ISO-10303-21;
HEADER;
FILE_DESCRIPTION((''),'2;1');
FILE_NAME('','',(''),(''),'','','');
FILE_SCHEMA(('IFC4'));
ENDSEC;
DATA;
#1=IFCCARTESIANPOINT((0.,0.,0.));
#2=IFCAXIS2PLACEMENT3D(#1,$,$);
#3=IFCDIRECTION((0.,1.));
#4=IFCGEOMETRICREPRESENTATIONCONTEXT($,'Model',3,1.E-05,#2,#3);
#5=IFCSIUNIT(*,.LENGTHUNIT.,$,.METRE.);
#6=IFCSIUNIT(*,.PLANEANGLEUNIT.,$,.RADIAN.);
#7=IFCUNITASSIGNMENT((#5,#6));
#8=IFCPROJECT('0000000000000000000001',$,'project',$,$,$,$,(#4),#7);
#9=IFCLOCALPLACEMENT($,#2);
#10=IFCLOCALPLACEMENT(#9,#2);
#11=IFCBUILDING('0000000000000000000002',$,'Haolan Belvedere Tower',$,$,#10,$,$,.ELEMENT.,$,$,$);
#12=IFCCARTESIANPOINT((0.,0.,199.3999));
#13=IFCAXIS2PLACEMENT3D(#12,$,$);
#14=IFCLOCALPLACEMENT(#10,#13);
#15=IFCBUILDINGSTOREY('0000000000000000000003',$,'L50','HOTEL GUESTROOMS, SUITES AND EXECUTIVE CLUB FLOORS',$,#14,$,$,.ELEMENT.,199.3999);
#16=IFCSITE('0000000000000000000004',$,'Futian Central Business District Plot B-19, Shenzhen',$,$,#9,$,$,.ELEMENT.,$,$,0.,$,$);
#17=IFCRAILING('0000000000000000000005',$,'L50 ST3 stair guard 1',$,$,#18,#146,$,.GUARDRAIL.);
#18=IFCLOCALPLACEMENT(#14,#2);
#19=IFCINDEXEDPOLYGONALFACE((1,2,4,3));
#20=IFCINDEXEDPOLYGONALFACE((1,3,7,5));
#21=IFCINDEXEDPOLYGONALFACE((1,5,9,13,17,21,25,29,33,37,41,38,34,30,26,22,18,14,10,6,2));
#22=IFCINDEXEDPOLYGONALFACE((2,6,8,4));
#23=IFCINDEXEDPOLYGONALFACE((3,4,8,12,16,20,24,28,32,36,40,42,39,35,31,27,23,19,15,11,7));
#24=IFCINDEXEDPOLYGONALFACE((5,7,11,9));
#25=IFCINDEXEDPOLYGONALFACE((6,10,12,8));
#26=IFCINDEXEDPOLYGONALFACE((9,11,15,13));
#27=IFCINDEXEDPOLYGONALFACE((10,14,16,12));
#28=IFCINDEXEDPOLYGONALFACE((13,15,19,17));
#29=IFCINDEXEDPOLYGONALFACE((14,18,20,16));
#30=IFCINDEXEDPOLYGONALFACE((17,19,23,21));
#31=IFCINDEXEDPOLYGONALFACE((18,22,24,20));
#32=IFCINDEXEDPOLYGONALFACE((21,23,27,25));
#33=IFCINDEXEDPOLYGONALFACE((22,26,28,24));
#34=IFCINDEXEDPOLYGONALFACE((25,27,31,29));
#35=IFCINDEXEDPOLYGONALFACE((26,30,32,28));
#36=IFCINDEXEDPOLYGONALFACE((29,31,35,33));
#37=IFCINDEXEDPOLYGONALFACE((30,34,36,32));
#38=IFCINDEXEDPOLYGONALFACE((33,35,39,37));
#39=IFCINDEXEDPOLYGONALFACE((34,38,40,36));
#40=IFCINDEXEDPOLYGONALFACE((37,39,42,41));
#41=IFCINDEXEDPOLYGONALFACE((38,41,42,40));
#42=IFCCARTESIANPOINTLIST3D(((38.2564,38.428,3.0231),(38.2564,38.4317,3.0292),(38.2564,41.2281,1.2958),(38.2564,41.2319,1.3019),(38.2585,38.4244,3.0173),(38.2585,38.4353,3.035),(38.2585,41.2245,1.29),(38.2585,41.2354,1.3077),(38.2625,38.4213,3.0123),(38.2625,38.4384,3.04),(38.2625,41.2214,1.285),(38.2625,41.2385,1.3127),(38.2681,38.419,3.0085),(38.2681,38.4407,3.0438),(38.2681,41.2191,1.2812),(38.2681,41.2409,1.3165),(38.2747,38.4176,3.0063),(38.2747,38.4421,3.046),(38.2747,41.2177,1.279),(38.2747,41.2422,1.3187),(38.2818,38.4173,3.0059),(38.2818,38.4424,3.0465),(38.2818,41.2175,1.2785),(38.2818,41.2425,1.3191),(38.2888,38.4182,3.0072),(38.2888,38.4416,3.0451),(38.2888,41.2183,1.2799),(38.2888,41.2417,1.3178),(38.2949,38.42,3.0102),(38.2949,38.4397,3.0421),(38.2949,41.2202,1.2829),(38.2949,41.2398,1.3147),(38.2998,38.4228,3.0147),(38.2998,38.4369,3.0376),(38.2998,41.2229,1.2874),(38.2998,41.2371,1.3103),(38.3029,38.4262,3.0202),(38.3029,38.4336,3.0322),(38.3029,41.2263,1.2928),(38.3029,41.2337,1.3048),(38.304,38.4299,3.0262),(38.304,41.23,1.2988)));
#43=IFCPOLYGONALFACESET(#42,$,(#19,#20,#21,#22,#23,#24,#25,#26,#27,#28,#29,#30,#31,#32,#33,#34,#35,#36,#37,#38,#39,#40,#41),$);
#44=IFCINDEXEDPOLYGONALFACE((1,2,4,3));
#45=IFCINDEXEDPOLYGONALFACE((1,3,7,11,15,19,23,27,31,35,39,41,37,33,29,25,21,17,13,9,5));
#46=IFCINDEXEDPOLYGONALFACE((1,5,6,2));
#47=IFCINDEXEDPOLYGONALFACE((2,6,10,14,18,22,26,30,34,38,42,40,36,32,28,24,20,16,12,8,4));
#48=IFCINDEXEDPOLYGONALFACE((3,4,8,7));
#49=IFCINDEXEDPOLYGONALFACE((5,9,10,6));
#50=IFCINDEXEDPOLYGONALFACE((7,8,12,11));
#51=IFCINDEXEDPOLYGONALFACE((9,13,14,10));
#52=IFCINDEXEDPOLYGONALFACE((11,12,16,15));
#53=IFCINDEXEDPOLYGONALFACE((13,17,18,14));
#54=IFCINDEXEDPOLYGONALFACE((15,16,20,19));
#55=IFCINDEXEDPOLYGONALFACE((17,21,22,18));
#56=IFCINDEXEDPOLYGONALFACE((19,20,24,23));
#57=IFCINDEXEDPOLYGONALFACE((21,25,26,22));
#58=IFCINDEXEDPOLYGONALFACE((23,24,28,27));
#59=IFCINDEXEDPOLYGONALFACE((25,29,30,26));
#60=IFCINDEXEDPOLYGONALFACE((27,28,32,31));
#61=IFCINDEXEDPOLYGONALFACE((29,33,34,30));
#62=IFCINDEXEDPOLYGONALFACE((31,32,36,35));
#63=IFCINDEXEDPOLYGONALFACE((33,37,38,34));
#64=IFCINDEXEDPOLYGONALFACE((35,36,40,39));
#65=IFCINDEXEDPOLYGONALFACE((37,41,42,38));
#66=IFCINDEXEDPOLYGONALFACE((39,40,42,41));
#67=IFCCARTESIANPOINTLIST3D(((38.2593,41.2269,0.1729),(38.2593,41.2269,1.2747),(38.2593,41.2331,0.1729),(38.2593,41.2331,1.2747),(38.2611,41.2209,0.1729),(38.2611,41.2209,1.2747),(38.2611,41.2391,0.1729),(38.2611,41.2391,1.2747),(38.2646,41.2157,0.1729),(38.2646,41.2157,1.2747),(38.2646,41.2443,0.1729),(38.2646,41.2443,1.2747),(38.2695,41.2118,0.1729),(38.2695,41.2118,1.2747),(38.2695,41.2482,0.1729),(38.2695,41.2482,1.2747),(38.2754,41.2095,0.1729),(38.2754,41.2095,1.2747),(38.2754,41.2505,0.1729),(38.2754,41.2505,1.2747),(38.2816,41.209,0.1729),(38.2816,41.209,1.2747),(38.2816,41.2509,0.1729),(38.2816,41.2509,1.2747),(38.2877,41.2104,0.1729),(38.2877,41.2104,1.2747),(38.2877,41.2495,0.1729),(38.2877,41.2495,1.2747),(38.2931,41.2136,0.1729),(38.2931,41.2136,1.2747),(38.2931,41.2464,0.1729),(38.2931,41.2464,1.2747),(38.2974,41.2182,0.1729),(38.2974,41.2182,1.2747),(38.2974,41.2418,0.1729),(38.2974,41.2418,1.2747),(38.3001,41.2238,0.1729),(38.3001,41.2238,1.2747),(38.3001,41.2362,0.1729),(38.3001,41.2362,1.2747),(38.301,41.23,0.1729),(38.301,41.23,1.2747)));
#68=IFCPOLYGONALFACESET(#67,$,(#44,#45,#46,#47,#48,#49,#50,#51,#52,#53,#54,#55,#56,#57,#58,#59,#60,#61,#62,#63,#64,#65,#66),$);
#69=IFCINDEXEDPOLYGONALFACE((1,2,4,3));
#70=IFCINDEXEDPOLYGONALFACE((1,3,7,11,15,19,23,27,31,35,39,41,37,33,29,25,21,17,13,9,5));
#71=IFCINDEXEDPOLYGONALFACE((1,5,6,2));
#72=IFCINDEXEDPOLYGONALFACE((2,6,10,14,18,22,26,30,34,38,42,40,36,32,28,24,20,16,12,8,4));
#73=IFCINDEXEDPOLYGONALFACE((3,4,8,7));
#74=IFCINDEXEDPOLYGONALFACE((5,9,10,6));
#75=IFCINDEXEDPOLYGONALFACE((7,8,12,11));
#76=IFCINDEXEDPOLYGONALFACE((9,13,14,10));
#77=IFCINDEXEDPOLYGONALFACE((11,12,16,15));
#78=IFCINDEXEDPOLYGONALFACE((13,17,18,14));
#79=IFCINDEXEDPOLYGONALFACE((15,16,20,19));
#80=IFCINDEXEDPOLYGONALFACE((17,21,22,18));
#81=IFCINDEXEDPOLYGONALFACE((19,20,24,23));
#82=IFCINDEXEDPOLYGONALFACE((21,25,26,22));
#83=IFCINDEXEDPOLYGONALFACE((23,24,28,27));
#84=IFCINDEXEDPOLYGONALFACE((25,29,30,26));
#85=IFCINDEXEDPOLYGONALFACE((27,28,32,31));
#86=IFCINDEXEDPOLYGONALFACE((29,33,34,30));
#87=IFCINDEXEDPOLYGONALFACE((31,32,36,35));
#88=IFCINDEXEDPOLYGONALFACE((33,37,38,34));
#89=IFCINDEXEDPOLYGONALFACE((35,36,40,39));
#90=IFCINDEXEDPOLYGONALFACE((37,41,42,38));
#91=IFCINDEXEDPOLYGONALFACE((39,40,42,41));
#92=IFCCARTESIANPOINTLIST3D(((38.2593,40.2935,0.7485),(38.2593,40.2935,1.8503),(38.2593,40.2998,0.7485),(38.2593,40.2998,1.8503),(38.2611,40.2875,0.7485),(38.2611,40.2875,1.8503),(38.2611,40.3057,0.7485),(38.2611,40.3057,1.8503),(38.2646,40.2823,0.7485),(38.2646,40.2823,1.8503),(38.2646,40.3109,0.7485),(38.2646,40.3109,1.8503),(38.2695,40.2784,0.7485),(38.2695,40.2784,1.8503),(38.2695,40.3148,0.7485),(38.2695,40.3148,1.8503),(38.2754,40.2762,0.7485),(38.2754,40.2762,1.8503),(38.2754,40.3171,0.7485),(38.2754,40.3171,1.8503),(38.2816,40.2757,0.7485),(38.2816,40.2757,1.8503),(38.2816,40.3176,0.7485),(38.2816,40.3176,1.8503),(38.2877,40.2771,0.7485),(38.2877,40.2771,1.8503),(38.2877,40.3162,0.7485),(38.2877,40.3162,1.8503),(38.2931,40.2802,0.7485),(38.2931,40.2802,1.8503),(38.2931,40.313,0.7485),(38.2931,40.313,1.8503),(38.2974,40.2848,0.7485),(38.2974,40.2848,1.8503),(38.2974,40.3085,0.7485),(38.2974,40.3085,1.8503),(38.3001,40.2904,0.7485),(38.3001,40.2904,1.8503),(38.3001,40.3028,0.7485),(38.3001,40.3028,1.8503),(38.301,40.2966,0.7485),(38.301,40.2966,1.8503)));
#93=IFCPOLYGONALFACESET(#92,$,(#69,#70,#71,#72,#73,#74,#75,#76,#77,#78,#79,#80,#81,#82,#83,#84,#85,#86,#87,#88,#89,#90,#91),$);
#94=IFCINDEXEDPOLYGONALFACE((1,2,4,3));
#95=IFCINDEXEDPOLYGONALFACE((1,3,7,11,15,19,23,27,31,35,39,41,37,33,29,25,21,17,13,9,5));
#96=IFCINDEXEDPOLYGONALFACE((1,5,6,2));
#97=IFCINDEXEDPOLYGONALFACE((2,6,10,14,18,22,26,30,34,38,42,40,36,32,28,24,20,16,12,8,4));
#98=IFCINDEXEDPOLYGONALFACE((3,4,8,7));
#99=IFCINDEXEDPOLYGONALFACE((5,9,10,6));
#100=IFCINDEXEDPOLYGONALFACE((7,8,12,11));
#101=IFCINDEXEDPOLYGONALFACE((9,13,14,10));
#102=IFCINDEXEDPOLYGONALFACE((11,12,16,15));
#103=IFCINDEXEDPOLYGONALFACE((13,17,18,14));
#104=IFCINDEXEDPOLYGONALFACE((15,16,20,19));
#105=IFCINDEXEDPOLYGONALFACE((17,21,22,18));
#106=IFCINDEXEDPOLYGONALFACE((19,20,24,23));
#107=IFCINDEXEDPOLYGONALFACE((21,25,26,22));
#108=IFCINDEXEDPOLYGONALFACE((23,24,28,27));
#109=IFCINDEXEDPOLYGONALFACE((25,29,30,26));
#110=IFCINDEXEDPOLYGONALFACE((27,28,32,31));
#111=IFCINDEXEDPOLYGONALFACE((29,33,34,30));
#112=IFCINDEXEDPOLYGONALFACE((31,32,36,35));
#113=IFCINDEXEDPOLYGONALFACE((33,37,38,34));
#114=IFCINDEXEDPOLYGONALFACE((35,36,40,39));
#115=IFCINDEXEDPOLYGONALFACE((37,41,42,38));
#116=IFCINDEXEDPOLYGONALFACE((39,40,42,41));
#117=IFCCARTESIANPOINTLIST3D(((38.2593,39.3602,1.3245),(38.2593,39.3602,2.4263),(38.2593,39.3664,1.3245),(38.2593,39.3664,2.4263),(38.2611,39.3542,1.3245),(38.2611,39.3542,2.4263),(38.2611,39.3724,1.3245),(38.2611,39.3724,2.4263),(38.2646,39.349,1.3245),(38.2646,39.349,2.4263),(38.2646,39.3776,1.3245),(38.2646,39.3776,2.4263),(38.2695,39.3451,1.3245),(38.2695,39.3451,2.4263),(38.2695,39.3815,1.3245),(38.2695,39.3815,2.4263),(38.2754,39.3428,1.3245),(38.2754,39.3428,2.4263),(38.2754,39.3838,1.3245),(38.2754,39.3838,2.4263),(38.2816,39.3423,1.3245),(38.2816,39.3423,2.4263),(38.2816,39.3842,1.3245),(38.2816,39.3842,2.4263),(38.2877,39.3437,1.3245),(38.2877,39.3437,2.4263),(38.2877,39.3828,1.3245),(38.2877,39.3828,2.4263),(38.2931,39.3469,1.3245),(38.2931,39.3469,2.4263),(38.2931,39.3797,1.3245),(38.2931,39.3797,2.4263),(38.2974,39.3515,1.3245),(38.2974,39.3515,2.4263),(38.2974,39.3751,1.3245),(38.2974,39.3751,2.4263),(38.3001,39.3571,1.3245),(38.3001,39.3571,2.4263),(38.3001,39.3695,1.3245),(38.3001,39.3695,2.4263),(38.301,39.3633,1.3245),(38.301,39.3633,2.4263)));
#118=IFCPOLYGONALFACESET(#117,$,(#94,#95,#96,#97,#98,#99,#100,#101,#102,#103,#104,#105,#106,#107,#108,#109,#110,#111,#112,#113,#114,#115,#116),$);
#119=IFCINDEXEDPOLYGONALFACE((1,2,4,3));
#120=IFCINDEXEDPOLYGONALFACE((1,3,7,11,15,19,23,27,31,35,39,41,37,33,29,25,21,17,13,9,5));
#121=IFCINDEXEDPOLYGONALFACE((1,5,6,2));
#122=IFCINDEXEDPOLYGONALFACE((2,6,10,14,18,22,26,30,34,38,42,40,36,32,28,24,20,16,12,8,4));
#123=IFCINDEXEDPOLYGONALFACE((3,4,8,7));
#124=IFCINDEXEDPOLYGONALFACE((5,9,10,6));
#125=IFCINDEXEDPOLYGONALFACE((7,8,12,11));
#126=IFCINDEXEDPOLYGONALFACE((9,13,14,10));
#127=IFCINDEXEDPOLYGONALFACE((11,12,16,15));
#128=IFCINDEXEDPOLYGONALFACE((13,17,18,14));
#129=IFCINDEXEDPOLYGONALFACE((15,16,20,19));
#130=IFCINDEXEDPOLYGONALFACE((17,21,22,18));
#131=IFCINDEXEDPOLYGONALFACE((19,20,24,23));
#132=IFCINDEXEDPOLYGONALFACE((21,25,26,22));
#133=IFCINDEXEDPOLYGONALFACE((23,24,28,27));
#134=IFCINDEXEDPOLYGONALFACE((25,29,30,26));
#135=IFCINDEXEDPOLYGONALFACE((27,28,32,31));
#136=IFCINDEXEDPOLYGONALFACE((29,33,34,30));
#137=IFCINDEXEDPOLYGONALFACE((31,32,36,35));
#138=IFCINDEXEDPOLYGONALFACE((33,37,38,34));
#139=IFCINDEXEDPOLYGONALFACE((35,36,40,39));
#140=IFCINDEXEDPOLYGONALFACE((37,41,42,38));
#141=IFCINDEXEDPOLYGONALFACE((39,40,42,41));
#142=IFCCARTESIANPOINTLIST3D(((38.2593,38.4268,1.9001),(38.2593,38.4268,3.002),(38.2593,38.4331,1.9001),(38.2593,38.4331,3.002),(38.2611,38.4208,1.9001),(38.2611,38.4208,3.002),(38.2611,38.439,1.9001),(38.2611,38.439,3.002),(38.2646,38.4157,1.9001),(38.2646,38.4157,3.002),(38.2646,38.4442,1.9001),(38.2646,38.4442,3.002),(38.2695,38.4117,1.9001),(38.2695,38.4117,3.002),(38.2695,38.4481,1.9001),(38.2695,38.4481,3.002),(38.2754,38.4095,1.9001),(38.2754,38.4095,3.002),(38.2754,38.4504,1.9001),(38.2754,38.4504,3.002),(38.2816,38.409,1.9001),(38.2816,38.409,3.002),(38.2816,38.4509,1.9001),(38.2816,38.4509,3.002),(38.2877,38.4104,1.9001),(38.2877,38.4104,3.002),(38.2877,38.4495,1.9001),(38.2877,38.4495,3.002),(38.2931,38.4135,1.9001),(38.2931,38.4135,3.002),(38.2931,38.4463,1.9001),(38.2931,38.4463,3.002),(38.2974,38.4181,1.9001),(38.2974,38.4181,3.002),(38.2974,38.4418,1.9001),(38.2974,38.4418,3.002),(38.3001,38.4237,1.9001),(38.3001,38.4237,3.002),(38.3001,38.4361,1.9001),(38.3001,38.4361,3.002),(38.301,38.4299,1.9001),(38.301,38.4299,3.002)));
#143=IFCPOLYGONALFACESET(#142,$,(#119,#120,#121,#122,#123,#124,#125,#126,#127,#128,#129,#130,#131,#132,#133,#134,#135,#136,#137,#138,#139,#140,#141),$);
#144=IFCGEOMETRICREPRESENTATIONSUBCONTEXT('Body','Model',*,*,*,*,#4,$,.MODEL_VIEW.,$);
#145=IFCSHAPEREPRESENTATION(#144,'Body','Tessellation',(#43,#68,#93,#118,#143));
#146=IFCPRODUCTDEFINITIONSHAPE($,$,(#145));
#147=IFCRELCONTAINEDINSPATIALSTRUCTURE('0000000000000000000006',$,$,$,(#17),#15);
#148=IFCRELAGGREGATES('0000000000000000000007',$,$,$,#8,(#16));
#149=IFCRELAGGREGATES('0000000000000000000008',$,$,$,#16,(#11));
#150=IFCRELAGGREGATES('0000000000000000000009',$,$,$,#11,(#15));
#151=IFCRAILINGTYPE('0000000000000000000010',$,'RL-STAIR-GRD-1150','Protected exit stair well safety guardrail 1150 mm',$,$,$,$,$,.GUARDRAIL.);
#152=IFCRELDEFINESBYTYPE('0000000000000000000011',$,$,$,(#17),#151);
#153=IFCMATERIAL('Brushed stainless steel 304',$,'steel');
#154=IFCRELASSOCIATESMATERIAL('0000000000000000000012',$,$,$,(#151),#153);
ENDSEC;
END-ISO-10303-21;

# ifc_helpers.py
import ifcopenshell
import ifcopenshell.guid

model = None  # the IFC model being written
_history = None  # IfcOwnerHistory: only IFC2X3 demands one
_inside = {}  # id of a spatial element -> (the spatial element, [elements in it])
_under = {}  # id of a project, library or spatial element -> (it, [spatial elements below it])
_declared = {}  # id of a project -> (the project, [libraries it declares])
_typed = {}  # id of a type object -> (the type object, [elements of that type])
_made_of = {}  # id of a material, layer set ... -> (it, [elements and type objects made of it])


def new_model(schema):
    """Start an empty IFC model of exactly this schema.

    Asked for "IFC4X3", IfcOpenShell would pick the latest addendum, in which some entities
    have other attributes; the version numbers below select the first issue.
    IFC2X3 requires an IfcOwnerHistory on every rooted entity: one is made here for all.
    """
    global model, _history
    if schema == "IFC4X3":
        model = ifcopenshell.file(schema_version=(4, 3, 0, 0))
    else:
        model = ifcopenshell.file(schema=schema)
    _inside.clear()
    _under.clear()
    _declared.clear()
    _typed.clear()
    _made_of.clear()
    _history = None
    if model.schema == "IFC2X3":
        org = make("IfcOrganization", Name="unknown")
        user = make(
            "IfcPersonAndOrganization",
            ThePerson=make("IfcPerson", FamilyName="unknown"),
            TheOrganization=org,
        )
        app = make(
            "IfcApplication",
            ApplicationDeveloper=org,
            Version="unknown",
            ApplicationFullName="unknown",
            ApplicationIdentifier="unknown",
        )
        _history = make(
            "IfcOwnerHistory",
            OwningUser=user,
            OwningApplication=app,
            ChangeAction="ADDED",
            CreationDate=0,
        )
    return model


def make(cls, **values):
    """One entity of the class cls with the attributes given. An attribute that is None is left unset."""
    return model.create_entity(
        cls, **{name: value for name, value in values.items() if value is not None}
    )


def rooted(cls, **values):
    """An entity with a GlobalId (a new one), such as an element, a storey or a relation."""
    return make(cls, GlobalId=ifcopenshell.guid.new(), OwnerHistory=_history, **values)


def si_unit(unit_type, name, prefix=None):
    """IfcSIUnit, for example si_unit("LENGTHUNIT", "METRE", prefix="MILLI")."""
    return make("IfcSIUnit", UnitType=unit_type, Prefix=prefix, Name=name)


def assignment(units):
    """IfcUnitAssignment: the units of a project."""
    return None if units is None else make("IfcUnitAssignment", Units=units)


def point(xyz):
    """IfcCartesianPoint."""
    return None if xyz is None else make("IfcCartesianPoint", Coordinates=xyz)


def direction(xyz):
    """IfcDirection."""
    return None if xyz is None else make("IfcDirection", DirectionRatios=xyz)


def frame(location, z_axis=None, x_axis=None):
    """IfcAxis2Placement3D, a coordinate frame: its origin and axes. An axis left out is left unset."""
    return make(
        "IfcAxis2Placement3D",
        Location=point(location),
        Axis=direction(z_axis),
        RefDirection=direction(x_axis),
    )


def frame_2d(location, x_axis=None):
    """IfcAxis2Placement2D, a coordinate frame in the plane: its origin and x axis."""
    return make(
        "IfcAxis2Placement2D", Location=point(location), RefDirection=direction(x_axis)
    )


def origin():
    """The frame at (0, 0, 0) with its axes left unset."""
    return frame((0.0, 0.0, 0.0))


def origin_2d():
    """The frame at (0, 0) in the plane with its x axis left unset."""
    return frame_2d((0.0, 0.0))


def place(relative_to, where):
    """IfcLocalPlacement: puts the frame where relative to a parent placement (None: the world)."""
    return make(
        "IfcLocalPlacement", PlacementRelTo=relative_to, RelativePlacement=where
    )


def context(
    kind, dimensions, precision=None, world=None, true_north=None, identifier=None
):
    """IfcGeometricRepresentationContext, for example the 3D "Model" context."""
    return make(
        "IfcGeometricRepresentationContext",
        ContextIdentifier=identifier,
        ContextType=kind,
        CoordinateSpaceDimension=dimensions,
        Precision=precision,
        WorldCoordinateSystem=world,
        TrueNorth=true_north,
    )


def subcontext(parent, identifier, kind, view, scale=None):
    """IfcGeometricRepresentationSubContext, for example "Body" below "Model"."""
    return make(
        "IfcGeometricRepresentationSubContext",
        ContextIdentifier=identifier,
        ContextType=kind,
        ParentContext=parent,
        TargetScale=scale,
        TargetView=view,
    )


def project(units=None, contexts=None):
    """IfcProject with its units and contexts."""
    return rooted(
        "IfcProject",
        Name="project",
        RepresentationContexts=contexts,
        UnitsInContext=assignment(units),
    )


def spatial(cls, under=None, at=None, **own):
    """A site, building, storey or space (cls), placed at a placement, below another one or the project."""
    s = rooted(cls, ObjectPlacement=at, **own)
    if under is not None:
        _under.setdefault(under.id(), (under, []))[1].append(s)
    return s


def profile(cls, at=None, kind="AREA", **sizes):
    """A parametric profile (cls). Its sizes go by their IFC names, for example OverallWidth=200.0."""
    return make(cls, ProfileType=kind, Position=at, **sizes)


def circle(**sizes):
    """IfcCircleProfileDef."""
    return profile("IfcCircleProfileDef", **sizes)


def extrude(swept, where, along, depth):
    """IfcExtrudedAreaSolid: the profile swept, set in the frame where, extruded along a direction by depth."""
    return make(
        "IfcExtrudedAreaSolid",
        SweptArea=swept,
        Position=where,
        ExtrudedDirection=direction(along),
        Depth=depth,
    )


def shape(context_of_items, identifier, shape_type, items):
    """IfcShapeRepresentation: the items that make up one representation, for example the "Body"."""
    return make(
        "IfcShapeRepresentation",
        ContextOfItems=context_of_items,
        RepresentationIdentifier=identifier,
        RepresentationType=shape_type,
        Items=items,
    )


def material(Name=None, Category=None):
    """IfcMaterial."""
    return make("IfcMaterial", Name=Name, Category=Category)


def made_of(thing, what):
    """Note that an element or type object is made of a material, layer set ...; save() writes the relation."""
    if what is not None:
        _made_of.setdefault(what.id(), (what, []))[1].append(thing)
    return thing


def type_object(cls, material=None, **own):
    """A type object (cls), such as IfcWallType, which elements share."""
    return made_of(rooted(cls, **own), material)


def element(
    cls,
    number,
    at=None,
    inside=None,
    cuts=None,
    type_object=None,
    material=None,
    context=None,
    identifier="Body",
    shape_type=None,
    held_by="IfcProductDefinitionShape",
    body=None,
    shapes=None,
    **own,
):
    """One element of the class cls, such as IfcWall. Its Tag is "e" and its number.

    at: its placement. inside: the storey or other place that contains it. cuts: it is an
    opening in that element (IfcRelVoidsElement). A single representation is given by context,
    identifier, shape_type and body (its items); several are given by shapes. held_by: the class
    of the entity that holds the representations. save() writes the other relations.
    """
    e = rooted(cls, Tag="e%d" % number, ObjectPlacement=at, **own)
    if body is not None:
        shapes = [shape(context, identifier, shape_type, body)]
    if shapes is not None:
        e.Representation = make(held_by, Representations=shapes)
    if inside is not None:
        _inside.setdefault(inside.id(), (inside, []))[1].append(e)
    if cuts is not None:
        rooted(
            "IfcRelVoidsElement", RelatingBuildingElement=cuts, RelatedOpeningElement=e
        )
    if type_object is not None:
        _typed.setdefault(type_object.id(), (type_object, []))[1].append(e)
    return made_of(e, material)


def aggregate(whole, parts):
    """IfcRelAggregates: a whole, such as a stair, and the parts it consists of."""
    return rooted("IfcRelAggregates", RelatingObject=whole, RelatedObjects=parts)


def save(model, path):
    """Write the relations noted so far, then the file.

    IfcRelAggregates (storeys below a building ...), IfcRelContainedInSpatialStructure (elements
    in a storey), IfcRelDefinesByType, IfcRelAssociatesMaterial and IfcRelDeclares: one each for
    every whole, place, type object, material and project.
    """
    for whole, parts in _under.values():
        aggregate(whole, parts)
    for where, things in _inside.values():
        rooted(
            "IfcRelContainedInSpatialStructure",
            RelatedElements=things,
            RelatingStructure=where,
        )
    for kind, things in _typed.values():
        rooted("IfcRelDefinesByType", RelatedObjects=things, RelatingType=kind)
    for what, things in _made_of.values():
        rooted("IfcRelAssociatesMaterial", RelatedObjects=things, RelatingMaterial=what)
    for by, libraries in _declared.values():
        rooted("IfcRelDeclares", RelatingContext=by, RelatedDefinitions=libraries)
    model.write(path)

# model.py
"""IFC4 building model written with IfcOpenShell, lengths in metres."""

from ifc_helpers import new_model, si_unit, direction, frame, origin, origin_2d, place, context, subcontext, project, spatial, circle, extrude, material, type_object, element, save


model = new_model("IFC4")

# Units and contexts
model_context = context("Model", 3, precision=1e-05, world=origin(), true_north=direction((0.0, 1.0)))
body_context = subcontext(model_context, "Body", "Model", "MODEL_VIEW")
ifc_project = project(units=[si_unit("LENGTHUNIT", "METRE"), si_unit("PLANEANGLEUNIT", "RADIAN")], contexts=[model_context])

# Site, building, storey
site_placement = place(None, origin())
site = spatial("IfcSite", under=ifc_project, at=site_placement, Name="Futian Central Business District Plot B-19, Shenzhen", CompositionType="ELEMENT", RefElevation=0.0)
building_placement = place(site_placement, origin())
building = spatial("IfcBuilding", under=site, at=building_placement, Name="Haolan Belvedere Tower", CompositionType="ELEMENT")
storey_placement = place(building_placement, frame((0.0, 0.0, 199.3999)))
storey = spatial("IfcBuildingStorey", under=building, at=storey_placement, Name="L50", Description="HOTEL GUESTROOMS, SUITES AND EXECUTIVE CLUB FLOORS", CompositionType="ELEMENT", Elevation=199.3999)

# Railing
ifc_material_1 = material(Name="Brushed stainless steel 304", Category="steel")
railing_type_1 = type_object("IfcRailingType", Name="RL-STAIR-GRD-1150", Description="Protected exit stair well safety guardrail 1150 mm", PredefinedType="GUARDRAIL", material=ifc_material_1)
railing_1_placement = place(storey_placement, frame((38.28, 41.23, 0.1729)))
element("IfcRailing", 1, at=railing_1_placement, inside=storey, type_object=railing_type_1, Name="L50 ST3 stair guard 1", PredefinedType="GUARDRAIL", context=body_context, shape_type="SweptSolid", body=[
    extrude(circle(Radius=0.0239, at=origin_2d()), frame((0.0, 0.0, 1.126), z_axis=(0.0, -0.85109, 0.52502), x_axis=(1.0, 0.0, 0.0)), (0.0, 0.0, 1.0), 3.29),
    extrude(circle(Radius=0.021, at=origin_2d()), origin(), (0.0, 0.0, 1.0), 1.1018),
    extrude(circle(Radius=0.021, at=origin_2d()), frame((0.0, -0.9333, 0.5757)), (0.0, 0.0, 1.0), 1.1018),
    extrude(circle(Radius=0.021, at=origin_2d()), frame((0.0, -1.8667, 1.1516)), (0.0, 0.0, 1.0), 1.1018),
    extrude(circle(Radius=0.021, at=origin_2d()), frame((0.0, -2.8, 1.7273)), (0.0, 0.0, 1.0), 1.1018),
])

save(model, "model.ifc")
